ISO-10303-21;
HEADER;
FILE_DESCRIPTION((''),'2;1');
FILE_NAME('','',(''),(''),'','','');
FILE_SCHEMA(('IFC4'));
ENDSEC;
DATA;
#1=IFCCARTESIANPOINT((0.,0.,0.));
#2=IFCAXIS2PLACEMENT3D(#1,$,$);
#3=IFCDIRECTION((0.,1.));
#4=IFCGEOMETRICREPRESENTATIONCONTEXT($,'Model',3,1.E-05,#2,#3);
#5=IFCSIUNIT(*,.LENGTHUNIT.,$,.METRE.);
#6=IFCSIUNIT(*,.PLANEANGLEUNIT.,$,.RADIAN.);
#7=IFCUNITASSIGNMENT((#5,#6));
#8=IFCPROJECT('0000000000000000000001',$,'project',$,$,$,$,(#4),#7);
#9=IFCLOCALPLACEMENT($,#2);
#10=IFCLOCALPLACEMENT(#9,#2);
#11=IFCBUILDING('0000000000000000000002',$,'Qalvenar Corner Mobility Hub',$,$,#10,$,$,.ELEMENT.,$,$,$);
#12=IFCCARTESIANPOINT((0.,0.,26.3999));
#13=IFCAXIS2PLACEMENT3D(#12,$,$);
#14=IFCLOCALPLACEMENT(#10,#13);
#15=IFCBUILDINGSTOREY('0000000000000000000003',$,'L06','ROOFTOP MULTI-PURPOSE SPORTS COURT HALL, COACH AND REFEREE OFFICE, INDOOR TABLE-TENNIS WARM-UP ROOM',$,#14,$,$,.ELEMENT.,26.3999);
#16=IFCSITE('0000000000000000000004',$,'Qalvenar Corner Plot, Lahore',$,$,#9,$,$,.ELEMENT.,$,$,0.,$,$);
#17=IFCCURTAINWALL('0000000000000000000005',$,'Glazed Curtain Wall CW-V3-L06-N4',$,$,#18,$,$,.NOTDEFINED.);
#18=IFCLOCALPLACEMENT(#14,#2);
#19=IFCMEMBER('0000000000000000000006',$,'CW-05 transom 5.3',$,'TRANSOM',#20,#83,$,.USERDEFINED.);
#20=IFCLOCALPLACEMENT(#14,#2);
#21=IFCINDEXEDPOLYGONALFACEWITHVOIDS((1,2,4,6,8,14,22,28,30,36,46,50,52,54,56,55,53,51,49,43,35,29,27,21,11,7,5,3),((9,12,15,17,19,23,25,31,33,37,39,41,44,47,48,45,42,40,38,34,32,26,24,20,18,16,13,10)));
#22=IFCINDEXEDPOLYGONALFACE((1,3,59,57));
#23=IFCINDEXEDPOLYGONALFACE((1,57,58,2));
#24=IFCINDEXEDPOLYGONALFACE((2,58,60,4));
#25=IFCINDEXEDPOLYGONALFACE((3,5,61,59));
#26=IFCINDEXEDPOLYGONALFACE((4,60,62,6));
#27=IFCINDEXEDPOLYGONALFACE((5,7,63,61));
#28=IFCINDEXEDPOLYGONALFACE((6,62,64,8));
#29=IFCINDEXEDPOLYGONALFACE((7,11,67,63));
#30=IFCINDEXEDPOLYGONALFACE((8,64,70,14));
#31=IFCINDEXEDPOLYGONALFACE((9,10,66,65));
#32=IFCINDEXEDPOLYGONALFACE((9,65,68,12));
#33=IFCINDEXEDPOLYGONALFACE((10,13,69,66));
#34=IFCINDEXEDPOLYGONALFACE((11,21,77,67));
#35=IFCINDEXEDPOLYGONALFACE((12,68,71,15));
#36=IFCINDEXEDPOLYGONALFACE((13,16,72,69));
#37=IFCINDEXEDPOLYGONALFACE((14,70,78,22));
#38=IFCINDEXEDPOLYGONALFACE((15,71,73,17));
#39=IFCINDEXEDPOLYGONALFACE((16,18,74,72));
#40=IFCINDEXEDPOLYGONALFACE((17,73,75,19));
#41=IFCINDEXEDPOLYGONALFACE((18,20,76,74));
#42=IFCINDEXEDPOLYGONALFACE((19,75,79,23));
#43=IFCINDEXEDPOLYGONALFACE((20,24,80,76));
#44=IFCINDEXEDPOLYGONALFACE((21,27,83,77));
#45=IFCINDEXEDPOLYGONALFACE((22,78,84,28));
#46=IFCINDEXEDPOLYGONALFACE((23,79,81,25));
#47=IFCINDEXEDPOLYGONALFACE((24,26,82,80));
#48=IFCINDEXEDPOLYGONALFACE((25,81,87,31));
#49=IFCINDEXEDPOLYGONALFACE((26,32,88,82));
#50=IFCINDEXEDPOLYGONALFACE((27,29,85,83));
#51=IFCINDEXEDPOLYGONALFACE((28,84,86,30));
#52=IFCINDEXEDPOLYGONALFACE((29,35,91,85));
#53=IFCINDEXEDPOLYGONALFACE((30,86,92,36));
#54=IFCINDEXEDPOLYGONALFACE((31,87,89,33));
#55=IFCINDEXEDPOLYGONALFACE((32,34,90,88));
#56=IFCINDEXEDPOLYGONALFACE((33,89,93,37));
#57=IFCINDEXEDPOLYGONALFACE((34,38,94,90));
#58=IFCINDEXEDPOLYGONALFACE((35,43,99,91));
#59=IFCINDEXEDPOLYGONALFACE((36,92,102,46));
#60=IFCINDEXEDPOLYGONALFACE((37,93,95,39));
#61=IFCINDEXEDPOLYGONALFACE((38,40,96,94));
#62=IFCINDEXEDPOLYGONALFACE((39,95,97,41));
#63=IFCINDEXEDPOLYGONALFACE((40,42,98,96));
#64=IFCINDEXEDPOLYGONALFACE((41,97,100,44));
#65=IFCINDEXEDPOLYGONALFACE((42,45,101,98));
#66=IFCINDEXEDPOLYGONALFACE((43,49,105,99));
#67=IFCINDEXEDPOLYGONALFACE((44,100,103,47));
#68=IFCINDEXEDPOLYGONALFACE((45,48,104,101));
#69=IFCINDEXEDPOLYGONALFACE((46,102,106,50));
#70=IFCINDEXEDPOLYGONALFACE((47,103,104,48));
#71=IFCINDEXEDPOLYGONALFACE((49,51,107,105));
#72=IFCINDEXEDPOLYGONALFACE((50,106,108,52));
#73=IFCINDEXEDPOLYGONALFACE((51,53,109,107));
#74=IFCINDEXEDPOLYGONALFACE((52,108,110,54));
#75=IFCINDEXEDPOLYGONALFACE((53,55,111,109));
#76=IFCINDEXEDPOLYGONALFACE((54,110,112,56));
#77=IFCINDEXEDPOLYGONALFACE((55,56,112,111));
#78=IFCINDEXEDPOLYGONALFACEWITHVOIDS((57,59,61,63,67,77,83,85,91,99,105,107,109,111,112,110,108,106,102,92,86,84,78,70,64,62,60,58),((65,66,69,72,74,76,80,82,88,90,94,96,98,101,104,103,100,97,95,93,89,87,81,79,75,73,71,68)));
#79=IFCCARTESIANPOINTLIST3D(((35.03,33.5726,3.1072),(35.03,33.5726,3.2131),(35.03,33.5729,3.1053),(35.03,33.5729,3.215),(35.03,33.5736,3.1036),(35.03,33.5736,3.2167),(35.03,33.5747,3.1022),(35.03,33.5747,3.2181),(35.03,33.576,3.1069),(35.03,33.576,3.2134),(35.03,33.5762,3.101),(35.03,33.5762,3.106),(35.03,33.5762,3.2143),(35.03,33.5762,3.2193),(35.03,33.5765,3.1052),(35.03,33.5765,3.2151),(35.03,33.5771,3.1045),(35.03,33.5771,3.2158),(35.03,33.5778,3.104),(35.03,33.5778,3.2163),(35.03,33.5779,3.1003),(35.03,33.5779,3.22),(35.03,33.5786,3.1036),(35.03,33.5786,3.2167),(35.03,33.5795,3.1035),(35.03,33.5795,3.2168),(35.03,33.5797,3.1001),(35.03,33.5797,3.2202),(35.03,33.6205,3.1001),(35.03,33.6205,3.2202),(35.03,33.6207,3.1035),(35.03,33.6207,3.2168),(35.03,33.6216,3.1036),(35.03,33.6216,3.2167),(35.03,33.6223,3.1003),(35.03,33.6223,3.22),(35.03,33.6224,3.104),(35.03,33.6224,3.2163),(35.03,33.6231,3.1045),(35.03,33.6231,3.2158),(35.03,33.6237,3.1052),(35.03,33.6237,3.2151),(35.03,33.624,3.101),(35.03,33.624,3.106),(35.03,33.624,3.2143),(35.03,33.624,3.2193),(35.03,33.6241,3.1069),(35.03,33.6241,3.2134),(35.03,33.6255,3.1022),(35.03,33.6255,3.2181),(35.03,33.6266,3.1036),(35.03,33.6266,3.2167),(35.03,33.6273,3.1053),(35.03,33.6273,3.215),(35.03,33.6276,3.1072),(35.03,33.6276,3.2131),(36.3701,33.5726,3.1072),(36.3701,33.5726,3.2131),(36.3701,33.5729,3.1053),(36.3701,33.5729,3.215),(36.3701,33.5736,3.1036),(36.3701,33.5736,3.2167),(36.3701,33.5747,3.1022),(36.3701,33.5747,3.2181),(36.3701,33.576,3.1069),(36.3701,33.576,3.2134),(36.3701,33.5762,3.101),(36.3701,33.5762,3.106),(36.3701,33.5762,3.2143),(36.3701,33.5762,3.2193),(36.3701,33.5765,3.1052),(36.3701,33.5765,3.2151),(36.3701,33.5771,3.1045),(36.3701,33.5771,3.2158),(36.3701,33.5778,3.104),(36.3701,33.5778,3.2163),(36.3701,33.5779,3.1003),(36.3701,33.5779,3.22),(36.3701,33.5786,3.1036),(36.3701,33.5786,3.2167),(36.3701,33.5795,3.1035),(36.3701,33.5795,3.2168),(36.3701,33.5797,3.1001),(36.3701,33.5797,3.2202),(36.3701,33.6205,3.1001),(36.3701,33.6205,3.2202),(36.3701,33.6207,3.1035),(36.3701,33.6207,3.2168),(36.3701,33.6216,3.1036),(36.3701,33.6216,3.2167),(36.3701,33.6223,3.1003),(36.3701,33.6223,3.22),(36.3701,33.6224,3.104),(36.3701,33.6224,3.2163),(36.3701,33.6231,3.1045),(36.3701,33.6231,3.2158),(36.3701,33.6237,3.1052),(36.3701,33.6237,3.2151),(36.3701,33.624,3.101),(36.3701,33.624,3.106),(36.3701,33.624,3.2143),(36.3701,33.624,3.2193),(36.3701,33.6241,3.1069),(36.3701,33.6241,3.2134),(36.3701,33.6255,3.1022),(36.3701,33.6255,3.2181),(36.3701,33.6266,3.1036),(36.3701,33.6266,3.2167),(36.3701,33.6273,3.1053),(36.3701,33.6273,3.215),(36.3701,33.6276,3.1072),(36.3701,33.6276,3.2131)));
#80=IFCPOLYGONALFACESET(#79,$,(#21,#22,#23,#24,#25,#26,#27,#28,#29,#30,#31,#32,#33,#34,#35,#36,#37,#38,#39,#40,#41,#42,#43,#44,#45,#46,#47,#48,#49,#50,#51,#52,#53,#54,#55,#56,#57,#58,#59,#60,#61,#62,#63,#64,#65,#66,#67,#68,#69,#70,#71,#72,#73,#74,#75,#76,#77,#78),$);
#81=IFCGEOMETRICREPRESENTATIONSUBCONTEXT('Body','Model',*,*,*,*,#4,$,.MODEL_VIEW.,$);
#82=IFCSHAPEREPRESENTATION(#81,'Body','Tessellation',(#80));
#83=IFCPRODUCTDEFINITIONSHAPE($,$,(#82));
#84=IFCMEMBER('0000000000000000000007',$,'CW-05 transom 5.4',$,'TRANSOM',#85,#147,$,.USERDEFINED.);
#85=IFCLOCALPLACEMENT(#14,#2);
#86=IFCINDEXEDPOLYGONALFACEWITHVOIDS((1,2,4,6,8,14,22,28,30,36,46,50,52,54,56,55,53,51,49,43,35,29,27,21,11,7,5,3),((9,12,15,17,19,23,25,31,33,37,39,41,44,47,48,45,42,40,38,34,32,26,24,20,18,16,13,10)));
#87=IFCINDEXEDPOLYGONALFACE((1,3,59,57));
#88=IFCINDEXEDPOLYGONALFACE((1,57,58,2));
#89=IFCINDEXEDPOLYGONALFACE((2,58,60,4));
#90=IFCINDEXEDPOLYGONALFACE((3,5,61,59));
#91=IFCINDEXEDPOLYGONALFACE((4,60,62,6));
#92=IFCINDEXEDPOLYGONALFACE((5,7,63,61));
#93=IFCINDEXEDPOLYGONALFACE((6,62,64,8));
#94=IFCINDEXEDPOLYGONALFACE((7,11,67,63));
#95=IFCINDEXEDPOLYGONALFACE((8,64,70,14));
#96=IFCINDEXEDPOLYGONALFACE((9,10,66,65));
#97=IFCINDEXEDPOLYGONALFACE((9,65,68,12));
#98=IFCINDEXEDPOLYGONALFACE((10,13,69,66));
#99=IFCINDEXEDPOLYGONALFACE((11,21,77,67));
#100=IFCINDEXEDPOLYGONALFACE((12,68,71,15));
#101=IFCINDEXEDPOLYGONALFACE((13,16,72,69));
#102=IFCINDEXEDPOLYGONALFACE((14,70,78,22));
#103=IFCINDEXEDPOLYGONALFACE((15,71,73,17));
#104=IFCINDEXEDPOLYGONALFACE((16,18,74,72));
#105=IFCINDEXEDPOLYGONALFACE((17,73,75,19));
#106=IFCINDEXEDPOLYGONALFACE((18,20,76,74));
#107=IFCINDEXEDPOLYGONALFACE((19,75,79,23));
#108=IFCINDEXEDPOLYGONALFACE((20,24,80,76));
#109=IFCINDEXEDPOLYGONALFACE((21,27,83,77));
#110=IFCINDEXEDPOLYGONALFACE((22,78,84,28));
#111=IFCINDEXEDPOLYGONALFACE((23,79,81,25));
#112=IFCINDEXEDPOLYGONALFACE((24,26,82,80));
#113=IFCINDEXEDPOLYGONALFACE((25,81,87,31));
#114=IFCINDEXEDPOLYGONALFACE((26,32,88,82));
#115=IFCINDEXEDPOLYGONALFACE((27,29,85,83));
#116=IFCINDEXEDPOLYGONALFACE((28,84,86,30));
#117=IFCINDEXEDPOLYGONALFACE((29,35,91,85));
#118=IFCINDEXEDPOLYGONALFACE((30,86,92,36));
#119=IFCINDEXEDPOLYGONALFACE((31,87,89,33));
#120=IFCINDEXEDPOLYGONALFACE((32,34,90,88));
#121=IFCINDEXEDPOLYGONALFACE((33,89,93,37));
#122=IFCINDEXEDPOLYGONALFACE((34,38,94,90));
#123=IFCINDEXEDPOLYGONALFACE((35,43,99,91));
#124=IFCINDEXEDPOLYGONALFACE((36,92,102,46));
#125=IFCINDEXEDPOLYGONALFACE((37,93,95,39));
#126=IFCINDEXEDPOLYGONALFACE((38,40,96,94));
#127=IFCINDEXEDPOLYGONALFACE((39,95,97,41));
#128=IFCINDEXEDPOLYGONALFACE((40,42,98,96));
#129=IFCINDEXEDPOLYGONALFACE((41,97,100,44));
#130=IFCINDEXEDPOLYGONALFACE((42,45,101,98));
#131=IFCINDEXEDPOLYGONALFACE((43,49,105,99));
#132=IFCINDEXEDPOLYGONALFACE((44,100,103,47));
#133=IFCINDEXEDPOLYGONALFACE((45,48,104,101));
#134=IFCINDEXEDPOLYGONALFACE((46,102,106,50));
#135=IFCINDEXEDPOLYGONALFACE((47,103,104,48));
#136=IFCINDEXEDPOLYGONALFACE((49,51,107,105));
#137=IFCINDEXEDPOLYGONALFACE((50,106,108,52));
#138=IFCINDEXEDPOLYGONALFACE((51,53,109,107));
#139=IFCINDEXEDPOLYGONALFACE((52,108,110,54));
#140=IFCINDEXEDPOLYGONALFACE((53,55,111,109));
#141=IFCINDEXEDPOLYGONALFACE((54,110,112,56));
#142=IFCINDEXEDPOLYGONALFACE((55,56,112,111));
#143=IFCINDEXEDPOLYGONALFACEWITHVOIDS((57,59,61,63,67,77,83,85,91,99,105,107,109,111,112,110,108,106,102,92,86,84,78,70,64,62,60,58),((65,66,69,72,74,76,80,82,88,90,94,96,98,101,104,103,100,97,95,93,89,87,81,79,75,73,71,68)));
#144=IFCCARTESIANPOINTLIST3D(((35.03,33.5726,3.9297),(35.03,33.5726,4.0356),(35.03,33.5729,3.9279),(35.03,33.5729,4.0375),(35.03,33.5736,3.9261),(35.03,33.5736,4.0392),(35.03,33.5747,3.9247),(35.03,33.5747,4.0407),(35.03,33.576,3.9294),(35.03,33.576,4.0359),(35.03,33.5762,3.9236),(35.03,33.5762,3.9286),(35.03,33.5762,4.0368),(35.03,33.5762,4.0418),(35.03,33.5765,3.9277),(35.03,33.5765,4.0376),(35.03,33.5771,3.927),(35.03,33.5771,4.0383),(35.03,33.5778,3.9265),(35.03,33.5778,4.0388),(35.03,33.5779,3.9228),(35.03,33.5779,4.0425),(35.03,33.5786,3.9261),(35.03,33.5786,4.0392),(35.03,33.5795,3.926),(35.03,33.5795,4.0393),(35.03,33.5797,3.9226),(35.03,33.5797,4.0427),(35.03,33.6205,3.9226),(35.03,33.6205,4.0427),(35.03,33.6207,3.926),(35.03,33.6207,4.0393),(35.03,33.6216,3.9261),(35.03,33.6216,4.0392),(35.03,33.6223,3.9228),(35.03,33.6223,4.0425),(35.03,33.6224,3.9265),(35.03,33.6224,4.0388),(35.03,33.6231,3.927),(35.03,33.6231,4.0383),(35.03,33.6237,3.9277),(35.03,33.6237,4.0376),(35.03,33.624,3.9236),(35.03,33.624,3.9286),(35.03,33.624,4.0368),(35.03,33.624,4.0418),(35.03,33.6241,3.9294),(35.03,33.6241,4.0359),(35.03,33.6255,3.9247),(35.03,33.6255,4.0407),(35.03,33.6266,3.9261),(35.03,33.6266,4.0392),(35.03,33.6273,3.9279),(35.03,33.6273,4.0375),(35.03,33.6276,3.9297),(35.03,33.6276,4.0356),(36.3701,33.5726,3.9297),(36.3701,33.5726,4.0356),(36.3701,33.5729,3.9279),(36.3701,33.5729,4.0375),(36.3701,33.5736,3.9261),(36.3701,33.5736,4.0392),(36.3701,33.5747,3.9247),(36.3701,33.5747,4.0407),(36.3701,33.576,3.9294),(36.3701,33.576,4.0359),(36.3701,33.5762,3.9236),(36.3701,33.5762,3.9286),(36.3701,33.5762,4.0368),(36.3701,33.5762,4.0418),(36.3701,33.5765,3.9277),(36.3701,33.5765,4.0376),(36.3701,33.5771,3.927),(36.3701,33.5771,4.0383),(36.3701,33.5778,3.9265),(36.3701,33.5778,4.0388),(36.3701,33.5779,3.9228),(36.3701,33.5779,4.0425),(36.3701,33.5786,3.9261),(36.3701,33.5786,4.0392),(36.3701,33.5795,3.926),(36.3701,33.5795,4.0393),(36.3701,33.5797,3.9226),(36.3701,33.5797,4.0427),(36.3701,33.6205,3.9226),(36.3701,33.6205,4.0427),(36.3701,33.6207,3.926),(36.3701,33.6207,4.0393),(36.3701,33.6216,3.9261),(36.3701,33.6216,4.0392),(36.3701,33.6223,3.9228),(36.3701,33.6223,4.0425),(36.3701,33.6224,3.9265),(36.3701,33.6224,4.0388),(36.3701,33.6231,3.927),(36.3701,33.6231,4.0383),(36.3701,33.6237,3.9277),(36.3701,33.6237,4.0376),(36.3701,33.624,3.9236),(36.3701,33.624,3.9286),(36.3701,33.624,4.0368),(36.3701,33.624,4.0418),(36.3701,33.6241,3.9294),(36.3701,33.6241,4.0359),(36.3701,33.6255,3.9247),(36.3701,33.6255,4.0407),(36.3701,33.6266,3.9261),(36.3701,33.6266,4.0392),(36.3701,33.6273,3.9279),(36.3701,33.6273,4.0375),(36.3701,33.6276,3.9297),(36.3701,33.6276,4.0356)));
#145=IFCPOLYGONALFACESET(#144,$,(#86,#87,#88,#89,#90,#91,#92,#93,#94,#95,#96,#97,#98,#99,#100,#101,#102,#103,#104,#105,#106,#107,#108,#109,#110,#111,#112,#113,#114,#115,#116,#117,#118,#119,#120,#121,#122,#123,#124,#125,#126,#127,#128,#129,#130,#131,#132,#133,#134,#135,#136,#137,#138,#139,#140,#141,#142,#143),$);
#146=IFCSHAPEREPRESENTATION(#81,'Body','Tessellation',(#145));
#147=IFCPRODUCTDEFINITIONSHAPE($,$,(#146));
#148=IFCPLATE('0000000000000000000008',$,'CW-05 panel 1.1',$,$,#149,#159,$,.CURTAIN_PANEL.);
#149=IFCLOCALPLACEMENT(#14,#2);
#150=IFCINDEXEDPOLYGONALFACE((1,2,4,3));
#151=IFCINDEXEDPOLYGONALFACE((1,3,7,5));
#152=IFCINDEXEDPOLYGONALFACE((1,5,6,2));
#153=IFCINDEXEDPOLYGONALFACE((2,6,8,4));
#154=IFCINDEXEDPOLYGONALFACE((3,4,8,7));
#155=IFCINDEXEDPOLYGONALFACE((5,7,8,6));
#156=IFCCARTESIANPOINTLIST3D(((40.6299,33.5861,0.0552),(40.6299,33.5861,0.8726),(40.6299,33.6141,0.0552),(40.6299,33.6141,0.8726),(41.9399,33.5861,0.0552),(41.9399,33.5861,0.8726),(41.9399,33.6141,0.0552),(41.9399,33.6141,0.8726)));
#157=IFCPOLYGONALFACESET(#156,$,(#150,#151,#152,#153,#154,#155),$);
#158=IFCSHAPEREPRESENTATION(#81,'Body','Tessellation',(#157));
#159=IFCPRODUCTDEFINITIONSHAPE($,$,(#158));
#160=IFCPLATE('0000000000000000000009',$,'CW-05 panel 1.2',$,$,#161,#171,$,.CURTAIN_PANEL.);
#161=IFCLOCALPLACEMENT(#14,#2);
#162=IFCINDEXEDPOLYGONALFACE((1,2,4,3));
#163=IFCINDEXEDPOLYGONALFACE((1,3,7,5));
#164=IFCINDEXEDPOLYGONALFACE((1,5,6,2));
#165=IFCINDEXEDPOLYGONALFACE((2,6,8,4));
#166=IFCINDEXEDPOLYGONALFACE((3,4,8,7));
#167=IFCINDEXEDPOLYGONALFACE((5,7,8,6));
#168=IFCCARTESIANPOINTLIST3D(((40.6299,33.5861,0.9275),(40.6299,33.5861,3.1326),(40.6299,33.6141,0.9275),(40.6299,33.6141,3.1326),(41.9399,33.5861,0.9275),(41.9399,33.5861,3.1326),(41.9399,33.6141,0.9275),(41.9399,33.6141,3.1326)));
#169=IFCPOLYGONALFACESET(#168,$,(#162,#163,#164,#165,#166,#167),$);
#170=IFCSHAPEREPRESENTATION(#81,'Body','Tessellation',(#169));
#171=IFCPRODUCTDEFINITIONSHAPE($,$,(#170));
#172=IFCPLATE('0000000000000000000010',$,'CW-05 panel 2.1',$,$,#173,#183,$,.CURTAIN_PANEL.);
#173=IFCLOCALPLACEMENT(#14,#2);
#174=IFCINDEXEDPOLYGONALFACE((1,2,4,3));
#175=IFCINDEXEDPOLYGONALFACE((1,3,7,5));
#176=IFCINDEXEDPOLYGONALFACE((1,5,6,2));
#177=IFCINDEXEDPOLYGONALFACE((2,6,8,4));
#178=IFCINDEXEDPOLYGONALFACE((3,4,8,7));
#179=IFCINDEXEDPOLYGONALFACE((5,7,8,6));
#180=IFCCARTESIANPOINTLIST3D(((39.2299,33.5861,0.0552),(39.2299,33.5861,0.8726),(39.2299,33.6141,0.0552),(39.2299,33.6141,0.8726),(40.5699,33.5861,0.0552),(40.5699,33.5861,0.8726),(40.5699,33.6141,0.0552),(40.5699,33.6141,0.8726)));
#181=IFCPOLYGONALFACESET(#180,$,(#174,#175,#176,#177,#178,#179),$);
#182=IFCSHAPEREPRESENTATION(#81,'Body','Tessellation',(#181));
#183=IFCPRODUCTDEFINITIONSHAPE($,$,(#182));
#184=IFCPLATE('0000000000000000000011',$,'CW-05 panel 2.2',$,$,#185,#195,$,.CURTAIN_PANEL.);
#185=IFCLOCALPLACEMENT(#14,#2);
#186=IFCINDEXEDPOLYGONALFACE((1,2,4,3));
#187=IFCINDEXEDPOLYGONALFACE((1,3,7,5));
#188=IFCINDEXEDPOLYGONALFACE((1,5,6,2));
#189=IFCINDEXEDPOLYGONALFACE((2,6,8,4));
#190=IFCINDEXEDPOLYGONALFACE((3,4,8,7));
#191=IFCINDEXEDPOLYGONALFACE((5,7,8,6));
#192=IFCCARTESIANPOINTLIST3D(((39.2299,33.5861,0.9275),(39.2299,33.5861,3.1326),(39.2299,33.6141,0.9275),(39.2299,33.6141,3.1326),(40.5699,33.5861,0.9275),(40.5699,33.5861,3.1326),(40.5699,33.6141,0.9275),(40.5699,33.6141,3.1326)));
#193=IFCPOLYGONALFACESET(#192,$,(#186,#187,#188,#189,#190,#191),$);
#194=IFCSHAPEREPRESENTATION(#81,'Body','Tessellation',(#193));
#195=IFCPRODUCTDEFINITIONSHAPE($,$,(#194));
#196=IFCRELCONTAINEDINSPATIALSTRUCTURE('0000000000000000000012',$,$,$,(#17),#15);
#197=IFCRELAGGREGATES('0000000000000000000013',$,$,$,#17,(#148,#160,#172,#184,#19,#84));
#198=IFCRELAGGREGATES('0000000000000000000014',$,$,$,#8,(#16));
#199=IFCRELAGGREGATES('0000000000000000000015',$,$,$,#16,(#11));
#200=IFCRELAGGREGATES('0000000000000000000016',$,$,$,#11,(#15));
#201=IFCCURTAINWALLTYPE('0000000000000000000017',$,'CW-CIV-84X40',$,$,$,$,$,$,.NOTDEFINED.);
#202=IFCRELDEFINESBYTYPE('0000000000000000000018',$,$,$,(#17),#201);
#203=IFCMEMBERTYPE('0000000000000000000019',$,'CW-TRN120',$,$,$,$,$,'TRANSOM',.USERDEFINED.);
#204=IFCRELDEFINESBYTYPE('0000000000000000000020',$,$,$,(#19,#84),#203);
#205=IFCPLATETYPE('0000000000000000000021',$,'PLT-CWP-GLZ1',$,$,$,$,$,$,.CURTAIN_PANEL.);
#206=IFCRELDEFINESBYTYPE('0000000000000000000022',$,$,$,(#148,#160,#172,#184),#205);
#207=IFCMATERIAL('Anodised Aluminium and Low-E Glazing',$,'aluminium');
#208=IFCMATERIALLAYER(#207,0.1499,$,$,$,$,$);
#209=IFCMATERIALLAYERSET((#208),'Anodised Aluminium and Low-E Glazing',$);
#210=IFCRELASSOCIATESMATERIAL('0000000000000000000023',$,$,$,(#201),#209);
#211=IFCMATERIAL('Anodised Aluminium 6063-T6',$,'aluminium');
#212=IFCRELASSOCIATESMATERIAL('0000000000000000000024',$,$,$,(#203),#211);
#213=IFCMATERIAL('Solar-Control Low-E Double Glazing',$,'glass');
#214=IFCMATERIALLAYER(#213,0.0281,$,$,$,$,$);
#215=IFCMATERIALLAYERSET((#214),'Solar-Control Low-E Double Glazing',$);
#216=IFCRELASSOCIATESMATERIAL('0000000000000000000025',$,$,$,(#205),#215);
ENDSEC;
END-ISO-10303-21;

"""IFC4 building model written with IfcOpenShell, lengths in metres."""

from ifc_helpers import new_model, si_unit, direction, frame, origin, origin_2d, place, context, subcontext, project, spatial, rectangle, hollow_rectangle, extrude, material, layer, layer_set, material_profile, profile_set, type_object, element, aggregate, save


model = new_model("IFC4")

# Units and contexts
model_context = context("Model", 3, precision=1e-05, world=origin(), true_north=direction((0.0, 1.0)))
body_context = subcontext(model_context, "Body", "Model", "MODEL_VIEW")
ifc_project = project(units=[si_unit("LENGTHUNIT", "METRE"), si_unit("PLANEANGLEUNIT", "RADIAN")], contexts=[model_context])

# Site, building, storey
site_placement = place(None, origin())
site = spatial("IfcSite", under=ifc_project, at=site_placement, Name="Qalvenar Corner Plot, Lahore", CompositionType="ELEMENT", RefElevation=0.0)
building_placement = place(site_placement, origin())
building = spatial("IfcBuilding", under=site, at=building_placement, Name="Qalvenar Corner Mobility Hub", CompositionType="ELEMENT")
storey_placement = place(building_placement, frame((0.0, 0.0, 26.3999)))
storey = spatial("IfcBuildingStorey", under=building, at=storey_placement, Name="L06", Description="ROOFTOP MULTI-PURPOSE SPORTS COURT HALL, COACH AND REFEREE OFFICE, INDOOR TABLE-TENNIS WARM-UP ROOM", CompositionType="ELEMENT", Elevation=26.3999)

# Curtain wall, members, plates
ifc_material_1 = material(Name="Anodised Aluminium and Low-E Glazing", Category="aluminium")
ifc_layer_1 = layer(ifc_material_1, 0.1499)
ifc_layer_set_1 = layer_set([ifc_layer_1], Name="Anodised Aluminium and Low-E Glazing")
curtain_wall_type = type_object("IfcCurtainWallType", Name="CW-CIV-84X40", PredefinedType="NOTDEFINED", material=ifc_layer_set_1)
curtain_wall_placement = place(storey_placement, origin())
curtain_wall = element("IfcCurtainWall", 1, at=curtain_wall_placement, inside=storey, type_object=curtain_wall_type, Name="Glazed Curtain Wall CW-V3-L06-N4", PredefinedType="NOTDEFINED")
ifc_material_2 = material(Name="Anodised Aluminium 6063-T6", Category="aluminium")
ifc_material_profile_1 = material_profile(ifc_material_2, hollow_rectangle(XDim=0.0549, YDim=0.1201, WallThickness=0.0034, InnerFilletRadius=0.0034, OuterFilletRadius=0.0071, at=origin_2d()), Name="RHS120x55x3.5")
ifc_profile_set_1 = profile_set([ifc_material_profile_1], Name="Anodised Aluminium 6063-T6")
member_type_1 = type_object("IfcMemberType", Name="CW-TRN120", ElementType="TRANSOM", PredefinedType="USERDEFINED", material=ifc_profile_set_1)
member_1_placement = place(storey_placement, frame((36.3701, 33.6001, 3.1602), z_axis=(-1.0, 0.0, 0.0), x_axis=(0.0, -1.0, 0.0)))
member_1 = element("IfcMember", 2, at=member_1_placement, type_object=member_type_1, Name="CW-05 transom 5.3", ObjectType="TRANSOM", PredefinedType="USERDEFINED", context=body_context, shape_type="SweptSolid", body=[
    extrude(hollow_rectangle(XDim=0.0549, YDim=0.1201, WallThickness=0.0034, InnerFilletRadius=0.0034, OuterFilletRadius=0.0071, at=origin_2d()), origin(), (0.0, 0.0, 1.0), 1.3401),
])
member_2_placement = place(storey_placement, frame((36.3701, 33.6001, 3.9827), z_axis=(-1.0, 0.0, 0.0), x_axis=(0.0, -1.0, 0.0)))
member_2 = element("IfcMember", 3, at=member_2_placement, type_object=member_type_1, Name="CW-05 transom 5.4", ObjectType="TRANSOM", PredefinedType="USERDEFINED", context=body_context, shape_type="SweptSolid", body=[
    extrude(hollow_rectangle(XDim=0.0549, YDim=0.1201, WallThickness=0.0034, InnerFilletRadius=0.0034, OuterFilletRadius=0.0071, at=origin_2d()), origin(), (0.0, 0.0, 1.0), 1.3401),
])
ifc_material_3 = material(Name="Solar-Control Low-E Double Glazing", Category="glass")
ifc_layer_2 = layer(ifc_material_3, 0.0281)
ifc_layer_set_2 = layer_set([ifc_layer_2], Name="Solar-Control Low-E Double Glazing")
plate_type = type_object("IfcPlateType", Name="PLT-CWP-GLZ1", PredefinedType="CURTAIN_PANEL", material=ifc_layer_set_2)
plate_1_placement = place(storey_placement, frame((41.2849, 33.6001, 0.0552), z_axis=(0.0, 0.0, 1.0), x_axis=(-1.0, 0.0, 0.0)))
plate_1 = element("IfcPlate", 4, at=plate_1_placement, type_object=plate_type, Name="CW-05 panel 1.1", PredefinedType="CURTAIN_PANEL", context=body_context, shape_type="SweptSolid", body=[
    extrude(rectangle(XDim=1.3101, YDim=0.0281, at=origin_2d()), origin(), (0.0, 0.0, 1.0), 0.8174),
])
plate_2_placement = place(storey_placement, frame((41.2849, 33.6001, 0.9275), z_axis=(0.0, 0.0, 1.0), x_axis=(-1.0, 0.0, 0.0)))
plate_2 = element("IfcPlate", 5, at=plate_2_placement, type_object=plate_type, Name="CW-05 panel 1.2", PredefinedType="CURTAIN_PANEL", context=body_context, shape_type="SweptSolid", body=[
    extrude(rectangle(XDim=1.3101, YDim=0.0281, at=origin_2d()), origin(), (0.0, 0.0, 1.0), 2.2051),
])
plate_3_placement = place(storey_placement, frame((39.8999, 33.6001, 0.0552), z_axis=(0.0, 0.0, 1.0), x_axis=(-1.0, 0.0, 0.0)))
plate_3 = element("IfcPlate", 6, at=plate_3_placement, type_object=plate_type, Name="CW-05 panel 2.1", PredefinedType="CURTAIN_PANEL", context=body_context, shape_type="SweptSolid", body=[
    extrude(rectangle(XDim=1.3401, YDim=0.0281, at=origin_2d()), origin(), (0.0, 0.0, 1.0), 0.8174),
])
plate_4_placement = place(storey_placement, frame((39.8999, 33.6001, 0.9275), z_axis=(0.0, 0.0, 1.0), x_axis=(-1.0, 0.0, 0.0)))
plate_4 = element("IfcPlate", 7, at=plate_4_placement, type_object=plate_type, Name="CW-05 panel 2.2", PredefinedType="CURTAIN_PANEL", context=body_context, shape_type="SweptSolid", body=[
    extrude(rectangle(XDim=1.3401, YDim=0.0281, at=origin_2d()), origin(), (0.0, 0.0, 1.0), 2.2051),
])
aggregate(curtain_wall, [plate_1, plate_2, plate_3, plate_4, member_1, member_2])

save(model, "model.ifc")
